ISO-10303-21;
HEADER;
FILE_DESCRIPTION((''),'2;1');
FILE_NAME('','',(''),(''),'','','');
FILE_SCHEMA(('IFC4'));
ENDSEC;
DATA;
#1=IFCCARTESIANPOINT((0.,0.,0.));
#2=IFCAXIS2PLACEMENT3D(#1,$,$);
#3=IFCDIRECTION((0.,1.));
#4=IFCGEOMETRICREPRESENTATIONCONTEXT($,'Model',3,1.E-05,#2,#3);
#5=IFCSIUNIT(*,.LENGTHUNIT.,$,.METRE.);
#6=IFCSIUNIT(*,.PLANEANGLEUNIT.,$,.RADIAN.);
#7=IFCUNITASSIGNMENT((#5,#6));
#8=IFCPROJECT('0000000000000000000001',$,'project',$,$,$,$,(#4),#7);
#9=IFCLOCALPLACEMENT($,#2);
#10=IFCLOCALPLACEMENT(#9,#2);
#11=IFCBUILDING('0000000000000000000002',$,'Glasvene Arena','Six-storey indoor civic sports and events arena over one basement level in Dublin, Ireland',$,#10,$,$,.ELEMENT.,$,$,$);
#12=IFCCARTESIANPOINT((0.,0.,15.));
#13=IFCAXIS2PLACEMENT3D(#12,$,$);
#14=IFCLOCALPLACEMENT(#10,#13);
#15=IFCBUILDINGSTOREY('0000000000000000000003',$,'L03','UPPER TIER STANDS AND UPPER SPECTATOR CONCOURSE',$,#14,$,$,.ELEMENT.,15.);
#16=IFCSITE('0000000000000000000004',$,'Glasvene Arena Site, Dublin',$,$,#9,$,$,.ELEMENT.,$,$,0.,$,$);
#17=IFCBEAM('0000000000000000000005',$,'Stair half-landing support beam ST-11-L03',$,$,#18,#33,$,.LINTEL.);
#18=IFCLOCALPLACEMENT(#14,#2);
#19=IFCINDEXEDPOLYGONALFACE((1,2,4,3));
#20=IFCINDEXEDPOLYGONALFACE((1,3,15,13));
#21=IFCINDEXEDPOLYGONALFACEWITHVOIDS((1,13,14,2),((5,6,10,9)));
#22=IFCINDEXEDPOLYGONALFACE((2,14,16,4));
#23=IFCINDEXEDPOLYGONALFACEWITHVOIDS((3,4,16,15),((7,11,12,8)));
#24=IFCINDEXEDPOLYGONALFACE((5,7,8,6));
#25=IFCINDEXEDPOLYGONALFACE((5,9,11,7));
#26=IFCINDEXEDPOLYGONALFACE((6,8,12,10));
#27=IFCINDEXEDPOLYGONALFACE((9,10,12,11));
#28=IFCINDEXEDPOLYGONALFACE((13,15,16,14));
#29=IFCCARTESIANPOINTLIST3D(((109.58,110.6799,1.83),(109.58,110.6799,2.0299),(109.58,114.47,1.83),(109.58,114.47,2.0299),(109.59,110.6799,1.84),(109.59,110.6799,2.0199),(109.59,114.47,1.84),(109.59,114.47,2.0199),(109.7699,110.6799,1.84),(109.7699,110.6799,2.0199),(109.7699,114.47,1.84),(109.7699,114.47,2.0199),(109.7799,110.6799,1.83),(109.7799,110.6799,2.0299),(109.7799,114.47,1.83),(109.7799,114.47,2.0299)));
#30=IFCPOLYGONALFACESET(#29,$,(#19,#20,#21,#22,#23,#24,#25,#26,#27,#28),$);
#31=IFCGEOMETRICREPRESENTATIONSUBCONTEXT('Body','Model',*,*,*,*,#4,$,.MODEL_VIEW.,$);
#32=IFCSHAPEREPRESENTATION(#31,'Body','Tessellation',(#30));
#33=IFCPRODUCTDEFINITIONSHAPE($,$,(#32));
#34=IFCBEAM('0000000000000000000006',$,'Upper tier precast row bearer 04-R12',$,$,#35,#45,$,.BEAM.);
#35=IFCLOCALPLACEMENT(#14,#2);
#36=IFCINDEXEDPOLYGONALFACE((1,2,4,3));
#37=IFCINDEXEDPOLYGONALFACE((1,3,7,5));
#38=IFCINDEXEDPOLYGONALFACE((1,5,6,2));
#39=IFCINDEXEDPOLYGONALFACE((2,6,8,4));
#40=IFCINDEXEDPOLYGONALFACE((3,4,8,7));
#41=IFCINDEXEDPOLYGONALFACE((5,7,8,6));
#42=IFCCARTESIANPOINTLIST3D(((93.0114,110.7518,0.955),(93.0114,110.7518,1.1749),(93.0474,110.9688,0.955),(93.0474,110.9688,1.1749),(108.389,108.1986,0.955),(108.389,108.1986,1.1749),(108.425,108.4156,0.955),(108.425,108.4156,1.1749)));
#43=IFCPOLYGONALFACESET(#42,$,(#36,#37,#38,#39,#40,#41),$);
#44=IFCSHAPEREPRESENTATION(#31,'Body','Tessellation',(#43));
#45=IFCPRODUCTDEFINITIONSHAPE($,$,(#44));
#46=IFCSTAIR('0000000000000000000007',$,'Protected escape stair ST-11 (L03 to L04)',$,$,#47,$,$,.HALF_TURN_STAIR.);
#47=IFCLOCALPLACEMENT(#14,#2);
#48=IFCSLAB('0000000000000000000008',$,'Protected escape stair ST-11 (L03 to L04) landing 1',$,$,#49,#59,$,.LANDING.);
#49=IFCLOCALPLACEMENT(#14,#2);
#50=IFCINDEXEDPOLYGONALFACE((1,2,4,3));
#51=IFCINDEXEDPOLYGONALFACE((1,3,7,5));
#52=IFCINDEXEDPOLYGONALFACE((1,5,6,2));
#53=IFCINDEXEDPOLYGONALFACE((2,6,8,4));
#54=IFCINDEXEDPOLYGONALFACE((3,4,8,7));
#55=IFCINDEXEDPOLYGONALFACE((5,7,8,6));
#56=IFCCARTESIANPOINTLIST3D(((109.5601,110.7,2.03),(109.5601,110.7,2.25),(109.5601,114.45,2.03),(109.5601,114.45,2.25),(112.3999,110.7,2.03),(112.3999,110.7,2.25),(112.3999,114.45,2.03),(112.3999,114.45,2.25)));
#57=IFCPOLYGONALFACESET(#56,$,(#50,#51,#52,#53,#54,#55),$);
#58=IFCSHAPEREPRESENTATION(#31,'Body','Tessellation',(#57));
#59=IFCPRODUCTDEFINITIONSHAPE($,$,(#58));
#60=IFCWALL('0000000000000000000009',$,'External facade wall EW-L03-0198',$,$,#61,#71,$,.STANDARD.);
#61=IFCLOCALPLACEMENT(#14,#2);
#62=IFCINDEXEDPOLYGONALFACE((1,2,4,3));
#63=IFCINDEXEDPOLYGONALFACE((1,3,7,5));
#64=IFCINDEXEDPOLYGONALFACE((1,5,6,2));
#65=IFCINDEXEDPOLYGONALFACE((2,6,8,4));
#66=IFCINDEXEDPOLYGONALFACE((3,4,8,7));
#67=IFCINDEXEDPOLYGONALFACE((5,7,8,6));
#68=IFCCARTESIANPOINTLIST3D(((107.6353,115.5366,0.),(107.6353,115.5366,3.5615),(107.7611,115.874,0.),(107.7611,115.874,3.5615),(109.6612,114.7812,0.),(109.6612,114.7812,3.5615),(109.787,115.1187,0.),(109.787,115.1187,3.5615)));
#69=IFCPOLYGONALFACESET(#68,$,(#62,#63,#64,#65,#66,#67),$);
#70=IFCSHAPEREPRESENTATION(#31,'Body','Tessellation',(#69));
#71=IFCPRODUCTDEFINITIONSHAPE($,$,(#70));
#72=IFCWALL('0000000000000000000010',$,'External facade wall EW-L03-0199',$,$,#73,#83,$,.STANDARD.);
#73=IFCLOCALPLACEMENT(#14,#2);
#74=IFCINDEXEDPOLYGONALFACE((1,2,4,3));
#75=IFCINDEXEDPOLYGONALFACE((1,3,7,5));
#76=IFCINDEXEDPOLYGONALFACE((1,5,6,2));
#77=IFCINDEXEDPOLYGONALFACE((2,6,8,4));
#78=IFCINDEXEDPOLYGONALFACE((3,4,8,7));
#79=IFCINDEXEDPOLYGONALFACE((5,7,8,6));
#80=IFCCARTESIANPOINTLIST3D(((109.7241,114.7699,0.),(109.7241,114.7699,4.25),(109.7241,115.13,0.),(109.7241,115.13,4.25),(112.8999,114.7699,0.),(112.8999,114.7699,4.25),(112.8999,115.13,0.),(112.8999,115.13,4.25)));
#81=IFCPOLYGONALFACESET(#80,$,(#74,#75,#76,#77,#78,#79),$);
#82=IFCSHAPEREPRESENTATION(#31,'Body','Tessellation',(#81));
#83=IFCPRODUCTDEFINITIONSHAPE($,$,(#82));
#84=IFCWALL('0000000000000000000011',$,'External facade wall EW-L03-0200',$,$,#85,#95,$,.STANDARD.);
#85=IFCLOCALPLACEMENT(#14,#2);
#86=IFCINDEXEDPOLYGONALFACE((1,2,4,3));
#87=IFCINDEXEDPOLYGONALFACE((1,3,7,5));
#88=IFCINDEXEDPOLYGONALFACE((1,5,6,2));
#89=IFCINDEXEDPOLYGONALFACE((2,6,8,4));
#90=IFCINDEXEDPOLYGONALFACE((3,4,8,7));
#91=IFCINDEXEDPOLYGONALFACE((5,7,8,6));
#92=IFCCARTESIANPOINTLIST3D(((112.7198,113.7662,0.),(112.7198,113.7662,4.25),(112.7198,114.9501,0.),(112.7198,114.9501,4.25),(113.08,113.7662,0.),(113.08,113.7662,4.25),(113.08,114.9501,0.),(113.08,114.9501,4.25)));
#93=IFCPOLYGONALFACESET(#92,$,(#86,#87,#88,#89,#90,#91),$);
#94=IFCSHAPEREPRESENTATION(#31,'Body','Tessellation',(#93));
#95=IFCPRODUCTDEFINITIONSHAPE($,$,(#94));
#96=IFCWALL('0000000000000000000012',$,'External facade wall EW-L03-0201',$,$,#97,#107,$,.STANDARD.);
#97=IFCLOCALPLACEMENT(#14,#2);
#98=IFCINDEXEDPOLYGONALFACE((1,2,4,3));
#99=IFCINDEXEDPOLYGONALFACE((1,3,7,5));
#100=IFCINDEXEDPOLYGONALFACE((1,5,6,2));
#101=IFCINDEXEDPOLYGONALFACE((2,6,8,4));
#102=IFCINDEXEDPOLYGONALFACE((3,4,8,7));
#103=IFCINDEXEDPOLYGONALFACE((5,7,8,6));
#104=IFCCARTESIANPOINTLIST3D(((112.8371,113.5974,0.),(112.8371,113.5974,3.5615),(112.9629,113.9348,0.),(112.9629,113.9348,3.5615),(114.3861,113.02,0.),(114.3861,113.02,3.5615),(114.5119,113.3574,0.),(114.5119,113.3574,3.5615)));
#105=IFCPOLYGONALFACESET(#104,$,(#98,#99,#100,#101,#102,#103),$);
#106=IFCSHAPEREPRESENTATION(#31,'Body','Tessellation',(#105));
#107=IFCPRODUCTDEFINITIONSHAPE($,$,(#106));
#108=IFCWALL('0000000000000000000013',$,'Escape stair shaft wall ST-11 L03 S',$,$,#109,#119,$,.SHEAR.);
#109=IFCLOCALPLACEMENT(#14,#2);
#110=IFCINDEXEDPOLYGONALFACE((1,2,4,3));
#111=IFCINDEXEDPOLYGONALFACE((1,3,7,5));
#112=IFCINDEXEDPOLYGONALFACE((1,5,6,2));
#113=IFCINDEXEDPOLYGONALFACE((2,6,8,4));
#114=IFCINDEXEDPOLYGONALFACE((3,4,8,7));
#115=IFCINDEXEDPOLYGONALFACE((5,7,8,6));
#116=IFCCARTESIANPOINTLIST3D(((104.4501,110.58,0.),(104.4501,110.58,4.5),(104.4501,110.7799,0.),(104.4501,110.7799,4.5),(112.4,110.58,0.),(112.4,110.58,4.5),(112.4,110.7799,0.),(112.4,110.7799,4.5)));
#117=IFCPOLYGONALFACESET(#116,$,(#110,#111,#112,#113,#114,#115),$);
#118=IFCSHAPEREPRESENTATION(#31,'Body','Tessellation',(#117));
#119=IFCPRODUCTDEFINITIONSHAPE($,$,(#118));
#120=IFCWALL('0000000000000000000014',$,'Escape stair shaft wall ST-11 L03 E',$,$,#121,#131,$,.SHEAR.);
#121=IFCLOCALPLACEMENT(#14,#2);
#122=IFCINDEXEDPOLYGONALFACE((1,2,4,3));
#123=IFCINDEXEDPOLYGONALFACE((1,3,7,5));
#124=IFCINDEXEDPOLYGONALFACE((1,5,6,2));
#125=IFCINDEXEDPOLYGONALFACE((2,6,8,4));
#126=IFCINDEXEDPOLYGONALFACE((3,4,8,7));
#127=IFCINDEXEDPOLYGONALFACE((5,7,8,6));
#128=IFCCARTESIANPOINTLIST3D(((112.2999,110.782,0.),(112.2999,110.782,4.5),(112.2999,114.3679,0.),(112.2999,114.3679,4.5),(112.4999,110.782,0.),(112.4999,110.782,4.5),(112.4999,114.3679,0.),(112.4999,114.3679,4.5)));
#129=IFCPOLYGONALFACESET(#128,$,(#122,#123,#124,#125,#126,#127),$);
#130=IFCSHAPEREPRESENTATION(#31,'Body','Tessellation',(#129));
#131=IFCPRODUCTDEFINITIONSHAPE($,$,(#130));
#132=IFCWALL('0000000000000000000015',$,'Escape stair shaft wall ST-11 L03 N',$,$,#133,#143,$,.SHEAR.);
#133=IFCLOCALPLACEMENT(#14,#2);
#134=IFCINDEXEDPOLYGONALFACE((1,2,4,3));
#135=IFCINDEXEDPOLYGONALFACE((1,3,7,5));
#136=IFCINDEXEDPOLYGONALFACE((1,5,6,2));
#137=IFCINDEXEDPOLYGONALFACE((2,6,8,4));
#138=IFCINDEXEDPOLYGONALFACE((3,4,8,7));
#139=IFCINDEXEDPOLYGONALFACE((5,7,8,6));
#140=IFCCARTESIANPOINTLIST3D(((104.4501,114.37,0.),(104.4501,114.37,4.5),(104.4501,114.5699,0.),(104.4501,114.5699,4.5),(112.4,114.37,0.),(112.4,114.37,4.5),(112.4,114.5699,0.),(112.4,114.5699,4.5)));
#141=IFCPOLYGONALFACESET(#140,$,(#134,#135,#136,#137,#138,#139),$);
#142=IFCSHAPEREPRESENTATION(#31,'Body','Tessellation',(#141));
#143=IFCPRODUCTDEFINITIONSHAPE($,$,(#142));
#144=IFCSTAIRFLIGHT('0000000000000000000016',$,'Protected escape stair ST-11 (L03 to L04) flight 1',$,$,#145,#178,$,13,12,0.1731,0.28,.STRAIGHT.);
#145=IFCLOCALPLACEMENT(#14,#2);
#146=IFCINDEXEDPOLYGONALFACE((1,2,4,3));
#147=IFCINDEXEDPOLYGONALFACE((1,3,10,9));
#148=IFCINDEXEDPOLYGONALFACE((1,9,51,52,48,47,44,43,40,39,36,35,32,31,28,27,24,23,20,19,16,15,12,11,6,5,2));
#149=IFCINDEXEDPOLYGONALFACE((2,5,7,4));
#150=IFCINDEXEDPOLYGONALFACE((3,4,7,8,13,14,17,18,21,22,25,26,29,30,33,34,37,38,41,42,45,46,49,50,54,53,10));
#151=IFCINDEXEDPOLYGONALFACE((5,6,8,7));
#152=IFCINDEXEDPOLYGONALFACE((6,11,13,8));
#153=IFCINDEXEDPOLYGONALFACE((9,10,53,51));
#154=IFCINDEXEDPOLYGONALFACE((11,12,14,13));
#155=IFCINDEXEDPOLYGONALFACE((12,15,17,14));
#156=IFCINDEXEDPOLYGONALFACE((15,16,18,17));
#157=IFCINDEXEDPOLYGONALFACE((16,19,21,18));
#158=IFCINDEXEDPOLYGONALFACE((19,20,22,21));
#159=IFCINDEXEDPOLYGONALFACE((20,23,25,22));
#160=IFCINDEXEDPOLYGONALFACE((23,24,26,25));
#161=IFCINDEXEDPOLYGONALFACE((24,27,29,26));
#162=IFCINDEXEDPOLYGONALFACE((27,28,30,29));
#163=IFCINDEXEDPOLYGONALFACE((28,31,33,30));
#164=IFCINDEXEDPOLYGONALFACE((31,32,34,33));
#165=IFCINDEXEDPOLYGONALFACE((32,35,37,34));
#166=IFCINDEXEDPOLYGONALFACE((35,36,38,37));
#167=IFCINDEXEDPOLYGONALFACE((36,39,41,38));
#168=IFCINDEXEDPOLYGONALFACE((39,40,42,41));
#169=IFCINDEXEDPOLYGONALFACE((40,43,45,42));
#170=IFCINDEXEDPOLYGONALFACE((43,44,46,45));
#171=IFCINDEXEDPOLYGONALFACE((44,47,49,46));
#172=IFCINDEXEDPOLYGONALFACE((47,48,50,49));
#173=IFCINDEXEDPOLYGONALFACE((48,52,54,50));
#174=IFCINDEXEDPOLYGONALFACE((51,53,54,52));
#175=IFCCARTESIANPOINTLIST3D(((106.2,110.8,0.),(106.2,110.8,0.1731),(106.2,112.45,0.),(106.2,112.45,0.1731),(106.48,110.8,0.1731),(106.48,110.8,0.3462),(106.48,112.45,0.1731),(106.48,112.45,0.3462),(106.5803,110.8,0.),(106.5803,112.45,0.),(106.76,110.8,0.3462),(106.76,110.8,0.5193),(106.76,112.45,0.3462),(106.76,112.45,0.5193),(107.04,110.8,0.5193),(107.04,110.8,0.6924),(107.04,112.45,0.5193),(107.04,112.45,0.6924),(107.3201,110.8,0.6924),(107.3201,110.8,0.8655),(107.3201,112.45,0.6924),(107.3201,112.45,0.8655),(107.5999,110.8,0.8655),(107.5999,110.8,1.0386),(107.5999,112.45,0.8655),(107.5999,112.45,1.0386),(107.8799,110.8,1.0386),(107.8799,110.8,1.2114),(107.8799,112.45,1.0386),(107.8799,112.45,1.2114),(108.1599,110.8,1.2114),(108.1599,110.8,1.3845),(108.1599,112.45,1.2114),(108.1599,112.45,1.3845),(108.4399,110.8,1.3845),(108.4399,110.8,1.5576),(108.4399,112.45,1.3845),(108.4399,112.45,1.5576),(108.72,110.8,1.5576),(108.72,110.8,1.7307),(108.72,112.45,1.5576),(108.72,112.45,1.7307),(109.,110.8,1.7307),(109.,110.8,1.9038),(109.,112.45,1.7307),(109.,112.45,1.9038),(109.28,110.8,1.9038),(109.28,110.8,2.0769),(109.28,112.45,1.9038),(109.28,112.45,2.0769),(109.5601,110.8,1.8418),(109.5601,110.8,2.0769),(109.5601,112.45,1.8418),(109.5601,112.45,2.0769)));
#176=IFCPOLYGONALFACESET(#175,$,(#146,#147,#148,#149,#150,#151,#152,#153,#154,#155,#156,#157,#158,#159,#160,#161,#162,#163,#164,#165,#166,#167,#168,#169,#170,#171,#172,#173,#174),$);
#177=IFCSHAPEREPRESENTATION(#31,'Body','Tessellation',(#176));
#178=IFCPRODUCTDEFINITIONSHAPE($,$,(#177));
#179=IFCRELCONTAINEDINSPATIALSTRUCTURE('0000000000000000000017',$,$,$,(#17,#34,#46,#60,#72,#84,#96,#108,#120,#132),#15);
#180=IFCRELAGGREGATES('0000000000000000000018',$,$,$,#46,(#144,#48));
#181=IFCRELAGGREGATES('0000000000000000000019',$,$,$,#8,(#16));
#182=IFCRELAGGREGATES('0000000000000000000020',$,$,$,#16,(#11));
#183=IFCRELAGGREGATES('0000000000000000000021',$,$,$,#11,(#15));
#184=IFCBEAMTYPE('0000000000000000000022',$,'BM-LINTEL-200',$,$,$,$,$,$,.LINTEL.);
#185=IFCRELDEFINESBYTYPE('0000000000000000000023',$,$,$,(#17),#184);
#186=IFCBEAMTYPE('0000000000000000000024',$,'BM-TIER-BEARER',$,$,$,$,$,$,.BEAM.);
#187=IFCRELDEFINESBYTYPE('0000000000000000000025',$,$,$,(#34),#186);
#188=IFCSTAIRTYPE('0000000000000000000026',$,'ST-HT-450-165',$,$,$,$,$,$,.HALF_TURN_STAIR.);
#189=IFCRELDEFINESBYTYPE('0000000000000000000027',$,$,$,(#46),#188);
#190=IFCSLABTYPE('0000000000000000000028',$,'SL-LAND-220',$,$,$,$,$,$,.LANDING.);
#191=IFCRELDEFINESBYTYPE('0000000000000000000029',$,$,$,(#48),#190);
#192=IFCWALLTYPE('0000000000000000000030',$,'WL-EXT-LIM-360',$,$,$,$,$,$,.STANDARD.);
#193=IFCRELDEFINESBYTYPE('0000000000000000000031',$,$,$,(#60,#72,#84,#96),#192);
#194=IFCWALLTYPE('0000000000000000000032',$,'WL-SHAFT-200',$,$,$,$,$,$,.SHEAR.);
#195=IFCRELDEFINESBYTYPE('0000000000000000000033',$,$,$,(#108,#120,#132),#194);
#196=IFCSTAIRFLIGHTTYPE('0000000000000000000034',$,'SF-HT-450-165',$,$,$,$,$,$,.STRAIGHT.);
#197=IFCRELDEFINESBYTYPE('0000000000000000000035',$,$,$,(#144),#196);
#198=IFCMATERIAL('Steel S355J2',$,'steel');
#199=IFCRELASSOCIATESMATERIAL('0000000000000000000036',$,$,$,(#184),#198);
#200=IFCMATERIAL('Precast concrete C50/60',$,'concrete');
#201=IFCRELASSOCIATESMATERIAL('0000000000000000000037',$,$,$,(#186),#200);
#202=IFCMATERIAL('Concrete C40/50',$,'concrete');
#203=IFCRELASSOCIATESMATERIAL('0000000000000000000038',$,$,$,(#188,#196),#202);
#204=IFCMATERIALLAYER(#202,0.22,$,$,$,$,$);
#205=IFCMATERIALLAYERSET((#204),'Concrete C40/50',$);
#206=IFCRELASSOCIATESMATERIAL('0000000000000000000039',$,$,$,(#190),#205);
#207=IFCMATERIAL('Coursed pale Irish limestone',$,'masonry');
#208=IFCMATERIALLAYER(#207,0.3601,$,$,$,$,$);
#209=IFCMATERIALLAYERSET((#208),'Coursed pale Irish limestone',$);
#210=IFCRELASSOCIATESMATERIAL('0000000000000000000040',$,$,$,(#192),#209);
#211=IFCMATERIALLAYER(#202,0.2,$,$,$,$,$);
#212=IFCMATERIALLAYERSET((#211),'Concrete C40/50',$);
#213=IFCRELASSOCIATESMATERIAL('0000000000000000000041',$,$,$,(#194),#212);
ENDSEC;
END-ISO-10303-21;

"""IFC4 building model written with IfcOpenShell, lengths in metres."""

from ifc_helpers import new_model, si_unit, direction, frame, frame_2d, origin, origin_2d, place, context, subcontext, project, spatial, polyline, rectangle, hollow_rectangle, outline, extrude, material, layer, layer_set, material_profile, profile_set, type_object, element, aggregate, save


model = new_model("IFC4")

# Units and contexts
model_context = context("Model", 3, precision=1e-05, world=origin(), true_north=direction((0.0, 1.0)))
body_context = subcontext(model_context, "Body", "Model", "MODEL_VIEW")
ifc_project = project(units=[si_unit("LENGTHUNIT", "METRE"), si_unit("PLANEANGLEUNIT", "RADIAN")], contexts=[model_context])

# Site, building, storey
site_placement = place(None, origin())
site = spatial("IfcSite", under=ifc_project, at=site_placement, Name="Glasvene Arena Site, Dublin", CompositionType="ELEMENT", RefElevation=0.0)
building_placement = place(site_placement, origin())
building = spatial("IfcBuilding", under=site, at=building_placement, Name="Glasvene Arena", Description="Six-storey indoor civic sports and events arena over one basement level in Dublin, Ireland", CompositionType="ELEMENT")
storey_placement = place(building_placement, frame((0.0, 0.0, 15.0)))
storey = spatial("IfcBuildingStorey", under=building, at=storey_placement, Name="L03", Description="UPPER TIER STANDS AND UPPER SPECTATOR CONCOURSE", CompositionType="ELEMENT", Elevation=15.0)

# Shared definitions
ifc_material_1 = material(Name="Steel S355J2", Category="steel")

# Beams
ifc_material_profile_1 = material_profile(ifc_material_1, hollow_rectangle(XDim=0.2, YDim=0.2, WallThickness=0.01, at=origin_2d()), Name="SHS 200x200x10.0")
ifc_profile_set_1 = profile_set([ifc_material_profile_1], Name="Steel S355J2")
beam_type_1 = type_object("IfcBeamType", Name="BM-LINTEL-200", PredefinedType="LINTEL", material=ifc_profile_set_1)
beam_1_placement = place(storey_placement, frame((109.6799, 110.6799, 1.9299), z_axis=(0.0, 1.0, 0.0), x_axis=(-1.0, 0.0, 0.0)))
element("IfcBeam", 1, at=beam_1_placement, inside=storey, type_object=beam_type_1, Name="Stair half-landing support beam ST-11-L03", PredefinedType="LINTEL", context=body_context, shape_type="SweptSolid", body=[
    extrude(hollow_rectangle(XDim=0.2, YDim=0.2, WallThickness=0.01, at=origin_2d()), origin(), (0.0, 0.0, 1.0), 3.79),
])
ifc_material_2 = material(Name="Precast concrete C50/60", Category="concrete")
ifc_material_profile_2 = material_profile(ifc_material_2, rectangle(XDim=0.22, YDim=0.22, at=origin_2d()), Name="RC 220x220")
ifc_profile_set_2 = profile_set([ifc_material_profile_2], Name="Precast concrete C50/60")
beam_type_2 = type_object("IfcBeamType", Name="BM-TIER-BEARER", PredefinedType="BEAM", material=ifc_profile_set_2)
beam_2_placement = place(storey_placement, frame((108.407, 108.3071, 1.0649), z_axis=(-0.986495, 0.163792, 0.0), x_axis=(-0.163792, -0.986495, 0.0)))
element("IfcBeam", 2, at=beam_2_placement, inside=storey, type_object=beam_type_2, Name="Upper tier precast row bearer 04-R12", PredefinedType="BEAM", context=body_context, shape_type="SweptSolid", body=[
    extrude(rectangle(XDim=0.22, YDim=0.22, at=origin_2d()), origin(), (0.0, 0.0, 1.0), 15.5881),
])

# Shared definitions
ifc_material_3 = material(Name="Concrete C40/50", Category="concrete")

# Stair, slab
stair_type = type_object("IfcStairType", Name="ST-HT-450-165", PredefinedType="HALF_TURN_STAIR", material=ifc_material_3)
stair_placement = place(storey_placement, origin())
stair = element("IfcStair", 3, at=stair_placement, inside=storey, type_object=stair_type, Name="Protected escape stair ST-11 (L03 to L04)", PredefinedType="HALF_TURN_STAIR")
ifc_layer_1 = layer(ifc_material_3, 0.22)
ifc_layer_set_1 = layer_set([ifc_layer_1], Name="Concrete C40/50")
slab_type_1 = type_object("IfcSlabType", Name="SL-LAND-220", PredefinedType="LANDING", material=ifc_layer_set_1)
slab_1_placement = place(storey_placement, frame((110.98, 112.575, 2.03)))
slab_1 = element("IfcSlab", 4, at=slab_1_placement, type_object=slab_type_1, Name="Protected escape stair ST-11 (L03 to L04) landing 1", PredefinedType="LANDING", context=body_context, shape_type="SweptSolid", body=[
    extrude(outline(polyline([(-1.4199, -1.875), (1.4199, -1.875), (1.4199, 1.875), (-1.4199, 1.875), (-1.4199, -1.875)])), origin(), (0.0, 0.0, 1.0), 0.22),
])

# Walls
ifc_material_4 = material(Name="Coursed pale Irish limestone", Category="masonry")
ifc_layer_2 = layer(ifc_material_4, 0.3601)
ifc_layer_set_2 = layer_set([ifc_layer_2], Name="Coursed pale Irish limestone")
wall_type_1 = type_object("IfcWallType", Name="WL-EXT-LIM-360", PredefinedType="STANDARD", material=ifc_layer_set_2)
wall_1_placement = place(storey_placement, frame((107.6982, 115.7053, 0.0), z_axis=(0.0, 0.0, 1.0), x_axis=(0.936986, -0.349366, 0.0)))
element("IfcWall", 5, at=wall_1_placement, inside=storey, type_object=wall_type_1, Name="External facade wall EW-L03-0198", PredefinedType="STANDARD", context=body_context, shape_type="SweptSolid", body=[
    extrude(rectangle(XDim=2.1621, YDim=0.3601, at=frame_2d((1.0811, 0.0))), origin(), (0.0, 0.0, 1.0), 3.5615),
])
wall_2_placement = place(storey_placement, frame((109.7241, 114.95, 0.0), z_axis=(0.0, 0.0, 1.0), x_axis=(1.0, 0.0, 0.0)))
element("IfcWall", 6, at=wall_2_placement, inside=storey, type_object=wall_type_1, Name="External facade wall EW-L03-0199", PredefinedType="STANDARD", context=body_context, shape_type="SweptSolid", body=[
    extrude(rectangle(XDim=3.1758, YDim=0.3601, at=frame_2d((1.5879, 0.0))), origin(), (0.0, 0.0, 1.0), 4.25),
])
wall_3_placement = place(storey_placement, frame((112.8999, 114.95, 0.0), z_axis=(0.0, 0.0, 1.0), x_axis=(0.0, -1.0, 0.0)))
element("IfcWall", 7, at=wall_3_placement, inside=storey, type_object=wall_type_1, Name="External facade wall EW-L03-0200", PredefinedType="STANDARD", context=body_context, shape_type="SweptSolid", body=[
    extrude(rectangle(XDim=1.1838, YDim=0.3601, at=frame_2d((0.5918, 0.0))), origin(), (0.0, 0.0, 1.0), 4.25),
])
wall_4_placement = place(storey_placement, frame((112.8999, 113.7661, 0.0), z_axis=(0.0, 0.0, 1.0), x_axis=(0.937025, -0.349262, 0.0)))
element("IfcWall", 8, at=wall_4_placement, inside=storey, type_object=wall_type_1, Name="External facade wall EW-L03-0201", PredefinedType="STANDARD", context=body_context, shape_type="SweptSolid", body=[
    extrude(rectangle(XDim=1.6531, YDim=0.3601, at=frame_2d((0.8267, 0.0))), origin(), (0.0, 0.0, 1.0), 3.5615),
])

# Wall
ifc_layer_3 = layer(ifc_material_3, 0.2)
ifc_layer_set_3 = layer_set([ifc_layer_3], Name="Concrete C40/50")
wall_type_2 = type_object("IfcWallType", Name="WL-SHAFT-200", PredefinedType="SHEAR", material=ifc_layer_set_3)
wall_5_placement = place(storey_placement, frame((104.45, 110.6799, 0.0), z_axis=(0.0, 0.0, 1.0), x_axis=(1.0, 0.0, 0.0)))
element("IfcWall", 9, at=wall_5_placement, inside=storey, type_object=wall_type_2, Name="Escape stair shaft wall ST-11 L03 S", PredefinedType="SHEAR", context=body_context, shape_type="SweptSolid", body=[
    extrude(rectangle(XDim=7.95, YDim=0.2, at=frame_2d((3.9751, 0.0))), origin(), (0.0, 0.0, 1.0), 4.5),
])

# Walls
wall_6_placement = place(storey_placement, frame((112.3999, 110.782, 0.0), z_axis=(0.0, 0.0, 1.0), x_axis=(0.0, 1.0, 0.0)))
element("IfcWall", 10, at=wall_6_placement, inside=storey, type_object=wall_type_2, Name="Escape stair shaft wall ST-11 L03 E", PredefinedType="SHEAR", context=body_context, shape_type="SweptSolid", body=[
    extrude(rectangle(XDim=3.5859, YDim=0.2, at=frame_2d((1.793, 0.0))), origin(), (0.0, 0.0, 1.0), 4.5),
])
wall_7_placement = place(storey_placement, frame((104.45, 114.47, 0.0), z_axis=(0.0, 0.0, 1.0), x_axis=(1.0, 0.0, 0.0)))
element("IfcWall", 11, at=wall_7_placement, inside=storey, type_object=wall_type_2, Name="Escape stair shaft wall ST-11 L03 N", PredefinedType="SHEAR", context=body_context, shape_type="SweptSolid", body=[
    extrude(rectangle(XDim=7.95, YDim=0.2, at=frame_2d((3.9751, 0.0))), origin(), (0.0, 0.0, 1.0), 4.5),
])

# Stair flight
stair_flight_type = type_object("IfcStairFlightType", Name="SF-HT-450-165", PredefinedType="STRAIGHT", material=ifc_material_3)
stair_flight_1_placement = place(storey_placement, frame((106.2, 111.625, 0.0), z_axis=(0.0, 0.0, 1.0), x_axis=(1.0, 0.0, 0.0)))
stair_flight_1 = element("IfcStairFlight", 12, at=stair_flight_1_placement, type_object=stair_flight_type, Name="Protected escape stair ST-11 (L03 to L04) flight 1", NumberOfRisers=13, NumberOfTreads=12, PredefinedType="STRAIGHT", RiserHeight=0.1731, TreadLength=0.28, context=body_context, shape_type="SweptSolid", body=[
    extrude(outline(polyline([(0.0, 0.0), (0.0, 0.1731), (0.28, 0.1731), (0.28, 0.3462), (0.5601, 0.3462), (0.5601, 0.5193), (0.8401, 0.5193), (0.8401, 0.6924), (1.1201, 0.6924), (1.1201, 0.8655), (1.3999, 0.8655), (1.3999, 1.0386), (1.6799, 1.0386), (1.6799, 1.2114), (1.96, 1.2114), (1.96, 1.3845), (2.24, 1.3845), (2.24, 1.5576), (2.52, 1.5576), (2.52, 1.7307), (2.8, 1.7307), (2.8, 1.9038), (3.0801, 1.9038), (3.0801, 2.0769), (3.3601, 2.0769), (3.3601, 2.25), (3.3601, 1.8418), (0.3804, 0.0), (0.0, 0.0)])), frame((0.0, 0.825, 0.0), z_axis=(0.0, -1.0, 0.0), x_axis=(1.0, 0.0, 0.0)), (0.0, 0.0, 1.0), 1.6499),
])
aggregate(stair, [stair_flight_1, slab_1])

save(model, "model.ifc")
